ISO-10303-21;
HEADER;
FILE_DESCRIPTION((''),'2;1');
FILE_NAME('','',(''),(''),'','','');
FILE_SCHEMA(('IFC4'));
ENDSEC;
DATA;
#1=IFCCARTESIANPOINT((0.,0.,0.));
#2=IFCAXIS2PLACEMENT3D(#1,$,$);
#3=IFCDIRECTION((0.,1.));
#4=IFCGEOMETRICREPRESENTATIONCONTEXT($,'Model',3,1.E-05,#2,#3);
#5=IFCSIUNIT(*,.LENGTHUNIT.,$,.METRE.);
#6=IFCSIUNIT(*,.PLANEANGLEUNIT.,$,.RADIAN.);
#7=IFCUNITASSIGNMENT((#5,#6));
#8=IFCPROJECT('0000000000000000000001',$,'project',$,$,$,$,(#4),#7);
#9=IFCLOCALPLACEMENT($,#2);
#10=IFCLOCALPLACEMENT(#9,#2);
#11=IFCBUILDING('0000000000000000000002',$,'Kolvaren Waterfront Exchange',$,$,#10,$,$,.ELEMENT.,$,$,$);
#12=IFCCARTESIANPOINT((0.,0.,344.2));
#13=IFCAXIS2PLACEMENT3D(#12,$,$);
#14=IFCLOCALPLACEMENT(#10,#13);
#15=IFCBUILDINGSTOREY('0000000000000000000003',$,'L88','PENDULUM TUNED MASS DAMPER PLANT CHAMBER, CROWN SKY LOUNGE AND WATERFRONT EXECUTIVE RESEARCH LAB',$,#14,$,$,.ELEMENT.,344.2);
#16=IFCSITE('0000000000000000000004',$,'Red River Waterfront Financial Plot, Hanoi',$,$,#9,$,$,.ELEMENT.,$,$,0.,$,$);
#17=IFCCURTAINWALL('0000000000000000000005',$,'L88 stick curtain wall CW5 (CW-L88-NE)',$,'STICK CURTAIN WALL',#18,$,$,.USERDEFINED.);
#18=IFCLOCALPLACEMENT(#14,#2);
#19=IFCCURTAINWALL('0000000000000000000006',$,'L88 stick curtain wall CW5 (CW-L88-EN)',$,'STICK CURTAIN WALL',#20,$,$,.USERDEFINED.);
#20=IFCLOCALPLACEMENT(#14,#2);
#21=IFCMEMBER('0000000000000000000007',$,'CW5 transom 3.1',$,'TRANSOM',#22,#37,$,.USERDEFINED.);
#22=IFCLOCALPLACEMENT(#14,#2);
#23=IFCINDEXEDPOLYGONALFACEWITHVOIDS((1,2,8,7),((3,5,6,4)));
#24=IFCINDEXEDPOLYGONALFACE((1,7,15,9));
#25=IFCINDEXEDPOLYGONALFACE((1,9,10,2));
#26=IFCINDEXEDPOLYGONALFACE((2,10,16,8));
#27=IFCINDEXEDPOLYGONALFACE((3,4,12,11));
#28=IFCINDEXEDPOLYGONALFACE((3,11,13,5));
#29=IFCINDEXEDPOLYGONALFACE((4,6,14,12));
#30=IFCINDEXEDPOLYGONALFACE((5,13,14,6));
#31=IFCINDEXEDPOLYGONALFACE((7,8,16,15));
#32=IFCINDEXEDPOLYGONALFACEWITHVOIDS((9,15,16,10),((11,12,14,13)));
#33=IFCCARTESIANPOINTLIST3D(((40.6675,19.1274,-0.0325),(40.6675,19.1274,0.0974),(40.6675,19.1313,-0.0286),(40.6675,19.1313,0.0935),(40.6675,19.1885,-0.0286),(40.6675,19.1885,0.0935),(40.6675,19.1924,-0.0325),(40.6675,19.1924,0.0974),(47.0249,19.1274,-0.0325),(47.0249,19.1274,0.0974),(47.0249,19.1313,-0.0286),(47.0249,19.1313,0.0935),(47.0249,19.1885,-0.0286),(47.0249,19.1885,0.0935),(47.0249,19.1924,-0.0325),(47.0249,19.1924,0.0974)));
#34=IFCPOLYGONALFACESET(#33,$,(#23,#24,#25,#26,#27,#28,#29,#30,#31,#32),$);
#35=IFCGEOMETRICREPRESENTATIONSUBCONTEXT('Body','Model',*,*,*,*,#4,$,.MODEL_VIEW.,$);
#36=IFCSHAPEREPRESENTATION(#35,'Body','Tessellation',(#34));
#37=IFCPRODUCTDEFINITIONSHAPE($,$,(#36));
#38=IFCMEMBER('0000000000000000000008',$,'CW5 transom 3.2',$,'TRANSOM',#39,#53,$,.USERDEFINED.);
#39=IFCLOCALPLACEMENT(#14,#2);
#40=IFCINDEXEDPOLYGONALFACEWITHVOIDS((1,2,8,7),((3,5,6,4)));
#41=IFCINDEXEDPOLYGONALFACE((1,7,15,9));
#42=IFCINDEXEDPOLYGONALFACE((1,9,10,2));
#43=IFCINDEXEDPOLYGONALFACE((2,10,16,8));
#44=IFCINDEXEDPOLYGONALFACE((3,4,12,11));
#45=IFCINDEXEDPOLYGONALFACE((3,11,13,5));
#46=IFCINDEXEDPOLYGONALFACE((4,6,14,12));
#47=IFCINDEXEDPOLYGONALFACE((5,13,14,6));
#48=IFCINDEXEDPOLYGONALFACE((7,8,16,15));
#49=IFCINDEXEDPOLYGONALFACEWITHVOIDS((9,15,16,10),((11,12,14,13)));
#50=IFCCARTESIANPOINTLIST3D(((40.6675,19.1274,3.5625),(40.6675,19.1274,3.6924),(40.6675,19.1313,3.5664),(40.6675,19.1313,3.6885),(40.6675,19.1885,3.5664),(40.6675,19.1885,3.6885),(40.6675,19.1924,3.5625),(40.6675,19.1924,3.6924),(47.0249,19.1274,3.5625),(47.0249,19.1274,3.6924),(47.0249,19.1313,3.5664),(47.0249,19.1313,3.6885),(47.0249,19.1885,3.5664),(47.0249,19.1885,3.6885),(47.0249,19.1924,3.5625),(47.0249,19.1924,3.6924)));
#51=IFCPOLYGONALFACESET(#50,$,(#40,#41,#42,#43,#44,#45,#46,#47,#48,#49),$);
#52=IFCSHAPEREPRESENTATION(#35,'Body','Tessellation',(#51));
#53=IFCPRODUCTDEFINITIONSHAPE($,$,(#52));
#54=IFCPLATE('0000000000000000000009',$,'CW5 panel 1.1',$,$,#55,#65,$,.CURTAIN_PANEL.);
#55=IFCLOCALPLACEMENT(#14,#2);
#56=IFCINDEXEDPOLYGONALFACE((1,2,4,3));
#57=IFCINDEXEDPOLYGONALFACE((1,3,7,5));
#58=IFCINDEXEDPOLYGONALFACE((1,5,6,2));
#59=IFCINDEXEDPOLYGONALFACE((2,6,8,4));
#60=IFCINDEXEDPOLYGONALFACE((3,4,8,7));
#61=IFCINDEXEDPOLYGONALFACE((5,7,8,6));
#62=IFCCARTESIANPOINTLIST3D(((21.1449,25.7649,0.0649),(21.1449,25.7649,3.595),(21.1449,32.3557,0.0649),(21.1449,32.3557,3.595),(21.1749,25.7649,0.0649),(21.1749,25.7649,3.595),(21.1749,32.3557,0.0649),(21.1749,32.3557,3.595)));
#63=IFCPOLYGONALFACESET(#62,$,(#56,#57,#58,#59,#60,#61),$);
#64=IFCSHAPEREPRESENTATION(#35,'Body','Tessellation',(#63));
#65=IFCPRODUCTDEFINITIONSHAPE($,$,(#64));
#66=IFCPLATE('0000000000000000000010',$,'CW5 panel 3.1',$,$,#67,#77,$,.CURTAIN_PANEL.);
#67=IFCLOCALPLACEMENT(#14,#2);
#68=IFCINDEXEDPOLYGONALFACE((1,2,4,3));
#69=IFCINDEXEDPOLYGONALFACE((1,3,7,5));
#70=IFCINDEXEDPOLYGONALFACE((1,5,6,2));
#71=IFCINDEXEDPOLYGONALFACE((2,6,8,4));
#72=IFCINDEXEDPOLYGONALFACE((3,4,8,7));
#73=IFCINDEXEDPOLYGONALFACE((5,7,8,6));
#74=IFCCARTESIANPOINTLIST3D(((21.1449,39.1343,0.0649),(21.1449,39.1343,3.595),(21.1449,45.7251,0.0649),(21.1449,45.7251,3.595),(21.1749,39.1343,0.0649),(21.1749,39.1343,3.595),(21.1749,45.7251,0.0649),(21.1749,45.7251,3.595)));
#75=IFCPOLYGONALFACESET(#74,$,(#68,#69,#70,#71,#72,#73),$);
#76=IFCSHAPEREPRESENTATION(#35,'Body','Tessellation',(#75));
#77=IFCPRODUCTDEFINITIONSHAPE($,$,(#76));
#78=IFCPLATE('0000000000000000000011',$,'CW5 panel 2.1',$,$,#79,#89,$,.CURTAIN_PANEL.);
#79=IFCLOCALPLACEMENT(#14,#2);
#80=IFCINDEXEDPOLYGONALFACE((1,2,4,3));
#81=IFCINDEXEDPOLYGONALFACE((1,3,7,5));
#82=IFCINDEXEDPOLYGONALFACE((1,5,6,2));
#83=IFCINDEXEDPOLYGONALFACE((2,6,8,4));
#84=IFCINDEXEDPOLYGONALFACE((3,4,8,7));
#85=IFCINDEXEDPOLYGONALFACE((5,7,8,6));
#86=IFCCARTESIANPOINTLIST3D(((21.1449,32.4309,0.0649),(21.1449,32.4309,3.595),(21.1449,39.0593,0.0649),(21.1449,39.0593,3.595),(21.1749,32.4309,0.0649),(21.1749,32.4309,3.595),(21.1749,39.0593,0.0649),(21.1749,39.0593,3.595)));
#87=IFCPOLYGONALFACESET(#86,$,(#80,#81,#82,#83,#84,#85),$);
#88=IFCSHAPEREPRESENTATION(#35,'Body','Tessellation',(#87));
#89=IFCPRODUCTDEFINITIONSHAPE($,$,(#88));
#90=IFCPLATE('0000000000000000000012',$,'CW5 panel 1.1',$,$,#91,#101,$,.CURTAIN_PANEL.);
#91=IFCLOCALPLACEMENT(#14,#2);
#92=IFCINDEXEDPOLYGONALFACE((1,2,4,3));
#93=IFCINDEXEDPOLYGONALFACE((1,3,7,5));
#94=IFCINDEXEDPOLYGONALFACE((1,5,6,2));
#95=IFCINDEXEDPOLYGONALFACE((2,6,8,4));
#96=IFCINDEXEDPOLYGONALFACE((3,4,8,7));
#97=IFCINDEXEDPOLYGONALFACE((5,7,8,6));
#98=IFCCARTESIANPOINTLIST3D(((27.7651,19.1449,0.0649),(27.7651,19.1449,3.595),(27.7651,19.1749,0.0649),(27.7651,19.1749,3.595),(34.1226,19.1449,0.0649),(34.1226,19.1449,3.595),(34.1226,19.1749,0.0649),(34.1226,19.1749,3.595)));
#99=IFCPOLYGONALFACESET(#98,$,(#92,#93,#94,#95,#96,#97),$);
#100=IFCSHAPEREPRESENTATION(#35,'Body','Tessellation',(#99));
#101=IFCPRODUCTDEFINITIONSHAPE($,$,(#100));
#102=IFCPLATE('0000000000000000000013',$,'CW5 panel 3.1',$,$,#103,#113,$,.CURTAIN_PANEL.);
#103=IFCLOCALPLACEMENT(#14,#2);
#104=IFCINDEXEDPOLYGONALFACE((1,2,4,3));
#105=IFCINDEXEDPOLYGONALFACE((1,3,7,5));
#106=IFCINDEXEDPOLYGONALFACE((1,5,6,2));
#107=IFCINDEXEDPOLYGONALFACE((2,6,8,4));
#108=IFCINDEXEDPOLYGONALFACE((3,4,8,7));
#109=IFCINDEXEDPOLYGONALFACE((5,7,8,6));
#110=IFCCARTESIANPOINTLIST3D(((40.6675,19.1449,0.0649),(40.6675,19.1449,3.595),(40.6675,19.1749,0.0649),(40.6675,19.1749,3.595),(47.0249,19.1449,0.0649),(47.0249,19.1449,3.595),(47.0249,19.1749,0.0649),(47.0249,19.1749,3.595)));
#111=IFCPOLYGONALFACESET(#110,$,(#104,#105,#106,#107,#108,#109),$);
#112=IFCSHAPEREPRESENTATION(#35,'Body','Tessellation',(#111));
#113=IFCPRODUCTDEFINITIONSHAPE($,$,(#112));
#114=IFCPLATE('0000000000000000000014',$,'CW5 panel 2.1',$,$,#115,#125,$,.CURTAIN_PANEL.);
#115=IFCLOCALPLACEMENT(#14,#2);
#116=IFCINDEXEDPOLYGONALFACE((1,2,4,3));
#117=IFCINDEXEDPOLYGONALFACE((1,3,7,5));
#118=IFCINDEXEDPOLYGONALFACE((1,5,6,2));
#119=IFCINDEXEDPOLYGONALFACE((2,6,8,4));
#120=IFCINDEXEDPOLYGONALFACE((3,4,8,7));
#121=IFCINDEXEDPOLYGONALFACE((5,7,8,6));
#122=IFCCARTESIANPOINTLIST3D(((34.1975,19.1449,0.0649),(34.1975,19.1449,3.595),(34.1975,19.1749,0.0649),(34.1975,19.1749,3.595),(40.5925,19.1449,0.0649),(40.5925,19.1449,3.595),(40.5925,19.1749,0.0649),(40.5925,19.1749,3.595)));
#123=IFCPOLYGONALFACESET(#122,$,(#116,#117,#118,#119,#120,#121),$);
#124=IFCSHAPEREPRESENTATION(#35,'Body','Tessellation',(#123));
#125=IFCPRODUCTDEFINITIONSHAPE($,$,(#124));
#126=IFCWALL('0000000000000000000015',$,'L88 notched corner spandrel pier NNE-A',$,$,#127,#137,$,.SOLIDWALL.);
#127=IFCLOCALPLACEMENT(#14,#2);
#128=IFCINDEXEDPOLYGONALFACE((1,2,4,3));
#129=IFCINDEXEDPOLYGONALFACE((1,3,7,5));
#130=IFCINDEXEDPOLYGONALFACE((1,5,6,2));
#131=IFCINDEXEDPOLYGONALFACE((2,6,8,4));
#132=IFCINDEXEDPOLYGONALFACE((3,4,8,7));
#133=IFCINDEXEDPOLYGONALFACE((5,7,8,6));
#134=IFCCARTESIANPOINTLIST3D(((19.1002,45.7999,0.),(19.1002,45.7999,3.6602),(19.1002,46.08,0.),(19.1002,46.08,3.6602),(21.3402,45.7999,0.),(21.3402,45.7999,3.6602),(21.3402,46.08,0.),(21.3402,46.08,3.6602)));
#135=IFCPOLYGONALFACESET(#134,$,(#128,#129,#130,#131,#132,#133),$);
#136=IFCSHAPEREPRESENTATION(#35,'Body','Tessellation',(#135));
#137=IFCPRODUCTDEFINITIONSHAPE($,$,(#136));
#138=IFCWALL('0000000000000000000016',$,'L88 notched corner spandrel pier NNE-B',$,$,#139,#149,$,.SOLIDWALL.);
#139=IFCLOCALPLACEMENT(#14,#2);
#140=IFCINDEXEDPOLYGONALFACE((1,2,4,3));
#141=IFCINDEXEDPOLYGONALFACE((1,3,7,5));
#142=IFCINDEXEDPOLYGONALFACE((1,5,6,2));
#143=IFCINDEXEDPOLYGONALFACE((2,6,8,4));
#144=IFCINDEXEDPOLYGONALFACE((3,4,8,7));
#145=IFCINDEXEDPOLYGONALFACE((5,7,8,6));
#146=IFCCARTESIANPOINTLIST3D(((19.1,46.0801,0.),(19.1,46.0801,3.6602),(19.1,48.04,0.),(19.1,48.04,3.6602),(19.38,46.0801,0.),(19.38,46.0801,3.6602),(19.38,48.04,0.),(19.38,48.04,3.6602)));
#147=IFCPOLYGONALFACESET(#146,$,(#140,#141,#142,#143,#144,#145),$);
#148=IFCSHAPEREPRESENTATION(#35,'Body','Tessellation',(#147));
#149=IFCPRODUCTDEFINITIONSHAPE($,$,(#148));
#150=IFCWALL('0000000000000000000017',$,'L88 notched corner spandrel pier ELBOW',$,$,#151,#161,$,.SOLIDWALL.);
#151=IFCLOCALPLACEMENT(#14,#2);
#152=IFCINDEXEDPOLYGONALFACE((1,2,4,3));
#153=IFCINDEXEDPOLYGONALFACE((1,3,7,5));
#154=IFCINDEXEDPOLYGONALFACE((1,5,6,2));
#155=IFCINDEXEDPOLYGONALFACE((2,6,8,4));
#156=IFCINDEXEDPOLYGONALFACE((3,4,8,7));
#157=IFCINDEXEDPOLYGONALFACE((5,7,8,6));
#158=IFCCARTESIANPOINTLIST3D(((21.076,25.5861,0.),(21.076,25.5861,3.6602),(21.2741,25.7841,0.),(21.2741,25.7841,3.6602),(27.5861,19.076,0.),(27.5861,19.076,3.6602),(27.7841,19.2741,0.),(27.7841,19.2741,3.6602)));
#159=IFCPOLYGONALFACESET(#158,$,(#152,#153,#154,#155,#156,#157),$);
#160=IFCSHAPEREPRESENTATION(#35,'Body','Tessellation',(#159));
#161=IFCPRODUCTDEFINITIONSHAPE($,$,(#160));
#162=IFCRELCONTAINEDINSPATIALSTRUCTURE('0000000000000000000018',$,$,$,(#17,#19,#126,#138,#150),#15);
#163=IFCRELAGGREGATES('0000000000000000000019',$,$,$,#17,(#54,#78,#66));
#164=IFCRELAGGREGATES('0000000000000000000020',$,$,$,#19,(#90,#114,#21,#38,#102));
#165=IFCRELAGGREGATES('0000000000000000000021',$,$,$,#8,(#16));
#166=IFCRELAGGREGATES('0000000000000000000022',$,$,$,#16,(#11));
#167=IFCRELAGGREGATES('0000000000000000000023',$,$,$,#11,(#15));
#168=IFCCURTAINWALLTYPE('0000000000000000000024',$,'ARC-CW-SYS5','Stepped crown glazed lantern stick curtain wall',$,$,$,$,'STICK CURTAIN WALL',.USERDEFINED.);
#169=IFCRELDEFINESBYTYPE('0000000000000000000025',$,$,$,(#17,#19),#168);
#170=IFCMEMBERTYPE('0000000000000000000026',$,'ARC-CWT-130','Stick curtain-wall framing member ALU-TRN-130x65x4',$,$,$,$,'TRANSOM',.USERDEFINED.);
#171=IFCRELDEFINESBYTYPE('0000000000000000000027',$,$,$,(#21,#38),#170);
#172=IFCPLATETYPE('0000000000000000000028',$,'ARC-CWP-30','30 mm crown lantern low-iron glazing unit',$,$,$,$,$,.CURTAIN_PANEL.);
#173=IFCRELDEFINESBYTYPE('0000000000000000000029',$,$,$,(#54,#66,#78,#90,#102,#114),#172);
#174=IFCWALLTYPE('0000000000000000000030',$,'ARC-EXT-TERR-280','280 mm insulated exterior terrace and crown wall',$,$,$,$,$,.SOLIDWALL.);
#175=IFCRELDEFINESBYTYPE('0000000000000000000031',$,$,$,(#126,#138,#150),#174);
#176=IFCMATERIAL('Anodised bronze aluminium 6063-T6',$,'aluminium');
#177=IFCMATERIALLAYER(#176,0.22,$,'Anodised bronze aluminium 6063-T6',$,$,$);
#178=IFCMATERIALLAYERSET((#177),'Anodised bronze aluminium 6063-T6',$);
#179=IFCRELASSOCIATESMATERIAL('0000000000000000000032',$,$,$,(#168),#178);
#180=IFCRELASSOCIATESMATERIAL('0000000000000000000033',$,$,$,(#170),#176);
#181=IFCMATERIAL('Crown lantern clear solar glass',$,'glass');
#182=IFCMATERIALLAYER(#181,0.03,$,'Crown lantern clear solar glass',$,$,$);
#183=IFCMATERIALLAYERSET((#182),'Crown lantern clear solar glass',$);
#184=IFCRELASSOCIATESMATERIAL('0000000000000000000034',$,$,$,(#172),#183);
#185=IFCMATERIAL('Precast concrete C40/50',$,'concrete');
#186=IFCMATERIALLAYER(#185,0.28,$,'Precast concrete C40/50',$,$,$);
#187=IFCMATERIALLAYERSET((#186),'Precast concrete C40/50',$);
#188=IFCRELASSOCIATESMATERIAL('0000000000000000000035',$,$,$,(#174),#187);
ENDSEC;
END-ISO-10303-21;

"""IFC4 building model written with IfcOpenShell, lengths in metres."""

from ifc_helpers import new_model, si_unit, direction, frame, frame_2d, origin, origin_with_axes, origin_2d, place, context, subcontext, project, spatial, rectangle, hollow_rectangle, extrude, source, transform, mapped, material, layer, layer_set, material_profile, profile_set, type_object, element, aggregate, save


model = new_model("IFC4")

# Units and contexts
model_context = context("Model", 3, precision=1e-05, world=origin(), true_north=direction((0.0, 1.0)))
body_context = subcontext(model_context, "Body", "Model", "MODEL_VIEW")
ifc_project = project(units=[si_unit("LENGTHUNIT", "METRE"), si_unit("PLANEANGLEUNIT", "RADIAN")], contexts=[model_context])

# Site, building, storey
site_placement = place(None, origin())
site = spatial("IfcSite", under=ifc_project, at=site_placement, Name="Red River Waterfront Financial Plot, Hanoi", CompositionType="ELEMENT", RefElevation=0.0)
building_placement = place(site_placement, origin())
building = spatial("IfcBuilding", under=site, at=building_placement, Name="Kolvaren Waterfront Exchange", CompositionType="ELEMENT")
storey_placement = place(building_placement, frame((0.0, 0.0, 344.2)))
storey = spatial("IfcBuildingStorey", under=building, at=storey_placement, Name="L88", Description="PENDULUM TUNED MASS DAMPER PLANT CHAMBER, CROWN SKY LOUNGE AND WATERFRONT EXECUTIVE RESEARCH LAB", CompositionType="ELEMENT", Elevation=344.2)

# Curtain walls
ifc_material_1 = material(Name="Anodised bronze aluminium 6063-T6", Category="aluminium")
ifc_layer_1 = layer(ifc_material_1, 0.22, Name="Anodised bronze aluminium 6063-T6")
ifc_layer_set_1 = layer_set([ifc_layer_1], Name="Anodised bronze aluminium 6063-T6")
curtain_wall_type = type_object("IfcCurtainWallType", Name="ARC-CW-SYS5", Description="Stepped crown glazed lantern stick curtain wall", ElementType="STICK CURTAIN WALL", PredefinedType="USERDEFINED", material=ifc_layer_set_1)
curtain_wall_1_placement = place(storey_placement, origin())
curtain_wall_1 = element("IfcCurtainWall", 1, at=curtain_wall_1_placement, inside=storey, type_object=curtain_wall_type, Name="L88 stick curtain wall CW5 (CW-L88-NE)", ObjectType="STICK CURTAIN WALL", PredefinedType="USERDEFINED")
curtain_wall_2_placement = place(storey_placement, origin())
curtain_wall_2 = element("IfcCurtainWall", 2, at=curtain_wall_2_placement, inside=storey, type_object=curtain_wall_type, Name="L88 stick curtain wall CW5 (CW-L88-EN)", ObjectType="STICK CURTAIN WALL", PredefinedType="USERDEFINED")

# Members
ifc_material_profile_1 = material_profile(ifc_material_1, hollow_rectangle(XDim=0.0649, YDim=0.1299, WallThickness=0.0039, at=origin_2d()), Name="ALU-TRN-130x65x4")
ifc_profile_set_1 = profile_set([ifc_material_profile_1], Name="Anodised bronze aluminium 6063-T6")
member_type_1 = type_object("IfcMemberType", Name="ARC-CWT-130", Description="Stick curtain-wall framing member ALU-TRN-130x65x4", ElementType="TRANSOM", PredefinedType="USERDEFINED", material=ifc_profile_set_1)
shared_shape_1 = source(origin_with_axes(), body_context, "Body", "SweptSolid", [
    extrude(hollow_rectangle(XDim=0.0649, YDim=0.1299, WallThickness=0.0039, at=origin_2d()), origin(), (0.0, 0.0, 1.0), 6.3574),
])
member_1_placement = place(storey_placement, frame((40.6675, 19.1599, 0.0325), z_axis=(1.0, 0.0, 0.0), x_axis=(0.0, 1.0, 0.0)))
member_1 = element("IfcMember", 3, at=member_1_placement, type_object=member_type_1, Name="CW5 transom 3.1", ObjectType="TRANSOM", PredefinedType="USERDEFINED", context=body_context, shape_type="MappedRepresentation", body=[
    mapped(shared_shape_1, transform((0.0, 0.0, 0.0), x_axis=(1.0, 0.0, 0.0), y_axis=(0.0, 1.0, 0.0), z_axis=(0.0, 0.0, 1.0), scale=1.0)),
])
member_2_placement = place(storey_placement, frame((40.6675, 19.1599, 3.6274), z_axis=(1.0, 0.0, 0.0), x_axis=(0.0, 1.0, 0.0)))
member_2 = element("IfcMember", 4, at=member_2_placement, type_object=member_type_1, Name="CW5 transom 3.2", ObjectType="TRANSOM", PredefinedType="USERDEFINED", context=body_context, shape_type="MappedRepresentation", body=[
    mapped(shared_shape_1, transform((0.0, 0.0, 0.0), x_axis=(1.0, 0.0, 0.0), y_axis=(0.0, 1.0, 0.0), z_axis=(0.0, 0.0, 1.0), scale=1.0)),
])

# Plates
ifc_material_2 = material(Name="Crown lantern clear solar glass", Category="glass")
ifc_layer_2 = layer(ifc_material_2, 0.03, Name="Crown lantern clear solar glass")
ifc_layer_set_2 = layer_set([ifc_layer_2], Name="Crown lantern clear solar glass")
plate_type = type_object("IfcPlateType", Name="ARC-CWP-30", Description="30 mm crown lantern low-iron glazing unit", PredefinedType="CURTAIN_PANEL", material=ifc_layer_set_2)
shared_shape_2 = source(origin_with_axes(), body_context, "Body", "SweptSolid", [
    extrude(rectangle(XDim=6.5908, YDim=0.03, at=origin_2d()), origin(), (0.0, 0.0, 1.0), 3.53),
])
plate_1_placement = place(storey_placement, frame((21.1599, 29.0603, 0.0649), z_axis=(0.0, 0.0, 1.0), x_axis=(0.0, 1.0, 0.0)))
plate_1 = element("IfcPlate", 5, at=plate_1_placement, type_object=plate_type, Name="CW5 panel 1.1", PredefinedType="CURTAIN_PANEL", context=body_context, shape_type="MappedRepresentation", body=[
    mapped(shared_shape_2, transform((0.0, 0.0, 0.0), x_axis=(1.0, 0.0, 0.0), y_axis=(0.0, 1.0, 0.0), z_axis=(0.0, 0.0, 1.0), scale=1.0)),
])
plate_2_placement = place(storey_placement, frame((21.1599, 42.4297, 0.0649), z_axis=(0.0, 0.0, 1.0), x_axis=(0.0, 1.0, 0.0)))
plate_2 = element("IfcPlate", 6, at=plate_2_placement, type_object=plate_type, Name="CW5 panel 3.1", PredefinedType="CURTAIN_PANEL", context=body_context, shape_type="MappedRepresentation", body=[
    mapped(shared_shape_2, transform((0.0, 0.0, 0.0), x_axis=(1.0, 0.0, 0.0), y_axis=(0.0, 1.0, 0.0), z_axis=(0.0, 0.0, 1.0), scale=1.0)),
])
shared_shape_3 = source(origin_with_axes(), body_context, "Body", "SweptSolid", [
    extrude(rectangle(XDim=6.6284, YDim=0.03, at=origin_2d()), origin(), (0.0, 0.0, 1.0), 3.53),
])
plate_3_placement = place(storey_placement, frame((21.1599, 35.7451, 0.0649), z_axis=(0.0, 0.0, 1.0), x_axis=(0.0, 1.0, 0.0)))
plate_3 = element("IfcPlate", 7, at=plate_3_placement, type_object=plate_type, Name="CW5 panel 2.1", PredefinedType="CURTAIN_PANEL", context=body_context, shape_type="MappedRepresentation", body=[
    mapped(shared_shape_3, transform((0.0, 0.0, 0.0), x_axis=(1.0, 0.0, 0.0), y_axis=(0.0, 1.0, 0.0), z_axis=(0.0, 0.0, 1.0), scale=1.0)),
])
aggregate(curtain_wall_1, [plate_1, plate_3, plate_2])
shared_shape_4 = source(origin_with_axes(), body_context, "Body", "SweptSolid", [
    extrude(rectangle(XDim=6.3574, YDim=0.03, at=origin_2d()), origin(), (0.0, 0.0, 1.0), 3.53),
])
plate_4_placement = place(storey_placement, frame((30.9438, 19.1599, 0.0649), z_axis=(0.0, 0.0, 1.0), x_axis=(1.0, 0.0, 0.0)))
plate_4 = element("IfcPlate", 8, at=plate_4_placement, type_object=plate_type, Name="CW5 panel 1.1", PredefinedType="CURTAIN_PANEL", context=body_context, shape_type="MappedRepresentation", body=[
    mapped(shared_shape_4, transform((0.0, 0.0, 0.0), x_axis=(1.0, 0.0, 0.0), y_axis=(0.0, 1.0, 0.0), z_axis=(0.0, 0.0, 1.0), scale=1.0)),
])
plate_5_placement = place(storey_placement, frame((43.8462, 19.1599, 0.0649), z_axis=(0.0, 0.0, 1.0), x_axis=(1.0, 0.0, 0.0)))
plate_5 = element("IfcPlate", 9, at=plate_5_placement, type_object=plate_type, Name="CW5 panel 3.1", PredefinedType="CURTAIN_PANEL", context=body_context, shape_type="MappedRepresentation", body=[
    mapped(shared_shape_4, transform((0.0, 0.0, 0.0), x_axis=(1.0, 0.0, 0.0), y_axis=(0.0, 1.0, 0.0), z_axis=(0.0, 0.0, 1.0), scale=1.0)),
])
shared_shape_5 = source(origin_with_axes(), body_context, "Body", "SweptSolid", [
    extrude(rectangle(XDim=6.395, YDim=0.03, at=origin_2d()), origin(), (0.0, 0.0, 1.0), 3.53),
])
plate_6_placement = place(storey_placement, frame((37.395, 19.1599, 0.0649), z_axis=(0.0, 0.0, 1.0), x_axis=(1.0, 0.0, 0.0)))
plate_6 = element("IfcPlate", 10, at=plate_6_placement, type_object=plate_type, Name="CW5 panel 2.1", PredefinedType="CURTAIN_PANEL", context=body_context, shape_type="MappedRepresentation", body=[
    mapped(shared_shape_5, transform((0.0, 0.0, 0.0), x_axis=(1.0, 0.0, 0.0), y_axis=(0.0, 1.0, 0.0), z_axis=(0.0, 0.0, 1.0), scale=1.0)),
])
aggregate(curtain_wall_2, [plate_4, plate_6, member_1, member_2, plate_5])

# Walls
ifc_material_3 = material(Name="Precast concrete C40/50", Category="concrete")
ifc_layer_3 = layer(ifc_material_3, 0.28, Name="Precast concrete C40/50")
ifc_layer_set_3 = layer_set([ifc_layer_3], Name="Precast concrete C40/50")
wall_type = type_object("IfcWallType", Name="ARC-EXT-TERR-280", Description="280 mm insulated exterior terrace and crown wall", PredefinedType="SOLIDWALL", material=ifc_layer_set_3)
wall_1_placement = place(storey_placement, frame((19.1001, 45.9399, 0.0), z_axis=(0.0, 0.0, 1.0), x_axis=(1.0, 0.0, 0.0)))
element("IfcWall", 11, at=wall_1_placement, inside=storey, type_object=wall_type, Name="L88 notched corner spandrel pier NNE-A", PredefinedType="SOLIDWALL", context=body_context, shape_type="SweptSolid", body=[
    extrude(rectangle(XDim=2.24, YDim=0.28, at=frame_2d((1.1201, 0.0))), origin(), (0.0, 0.0, 1.0), 3.6602),
])
wall_2_placement = place(storey_placement, frame((19.24, 46.0801, 0.0), z_axis=(0.0, 0.0, 1.0), x_axis=(0.0, 1.0, 0.0)))
element("IfcWall", 12, at=wall_2_placement, inside=storey, type_object=wall_type, Name="L88 notched corner spandrel pier NNE-B", PredefinedType="SOLIDWALL", context=body_context, shape_type="SweptSolid", body=[
    extrude(rectangle(XDim=1.96, YDim=0.28, at=frame_2d((0.98, 0.0))), origin(), (0.0, 0.0, 1.0), 3.6602),
])
wall_3_placement = place(storey_placement, frame((27.6851, 19.175, 0.0), z_axis=(0.0, 0.0, 1.0), x_axis=(-0.707107, 0.707107, 0.0)))
element("IfcWall", 13, at=wall_3_placement, inside=storey, type_object=wall_type, Name="L88 notched corner spandrel pier ELBOW", PredefinedType="SOLIDWALL", context=body_context, shape_type="SweptSolid", body=[
    extrude(rectangle(XDim=9.2065, YDim=0.28, at=frame_2d((4.6033, 0.0))), origin(), (0.0, 0.0, 1.0), 3.6602),
])

save(model, "model.ifc")
